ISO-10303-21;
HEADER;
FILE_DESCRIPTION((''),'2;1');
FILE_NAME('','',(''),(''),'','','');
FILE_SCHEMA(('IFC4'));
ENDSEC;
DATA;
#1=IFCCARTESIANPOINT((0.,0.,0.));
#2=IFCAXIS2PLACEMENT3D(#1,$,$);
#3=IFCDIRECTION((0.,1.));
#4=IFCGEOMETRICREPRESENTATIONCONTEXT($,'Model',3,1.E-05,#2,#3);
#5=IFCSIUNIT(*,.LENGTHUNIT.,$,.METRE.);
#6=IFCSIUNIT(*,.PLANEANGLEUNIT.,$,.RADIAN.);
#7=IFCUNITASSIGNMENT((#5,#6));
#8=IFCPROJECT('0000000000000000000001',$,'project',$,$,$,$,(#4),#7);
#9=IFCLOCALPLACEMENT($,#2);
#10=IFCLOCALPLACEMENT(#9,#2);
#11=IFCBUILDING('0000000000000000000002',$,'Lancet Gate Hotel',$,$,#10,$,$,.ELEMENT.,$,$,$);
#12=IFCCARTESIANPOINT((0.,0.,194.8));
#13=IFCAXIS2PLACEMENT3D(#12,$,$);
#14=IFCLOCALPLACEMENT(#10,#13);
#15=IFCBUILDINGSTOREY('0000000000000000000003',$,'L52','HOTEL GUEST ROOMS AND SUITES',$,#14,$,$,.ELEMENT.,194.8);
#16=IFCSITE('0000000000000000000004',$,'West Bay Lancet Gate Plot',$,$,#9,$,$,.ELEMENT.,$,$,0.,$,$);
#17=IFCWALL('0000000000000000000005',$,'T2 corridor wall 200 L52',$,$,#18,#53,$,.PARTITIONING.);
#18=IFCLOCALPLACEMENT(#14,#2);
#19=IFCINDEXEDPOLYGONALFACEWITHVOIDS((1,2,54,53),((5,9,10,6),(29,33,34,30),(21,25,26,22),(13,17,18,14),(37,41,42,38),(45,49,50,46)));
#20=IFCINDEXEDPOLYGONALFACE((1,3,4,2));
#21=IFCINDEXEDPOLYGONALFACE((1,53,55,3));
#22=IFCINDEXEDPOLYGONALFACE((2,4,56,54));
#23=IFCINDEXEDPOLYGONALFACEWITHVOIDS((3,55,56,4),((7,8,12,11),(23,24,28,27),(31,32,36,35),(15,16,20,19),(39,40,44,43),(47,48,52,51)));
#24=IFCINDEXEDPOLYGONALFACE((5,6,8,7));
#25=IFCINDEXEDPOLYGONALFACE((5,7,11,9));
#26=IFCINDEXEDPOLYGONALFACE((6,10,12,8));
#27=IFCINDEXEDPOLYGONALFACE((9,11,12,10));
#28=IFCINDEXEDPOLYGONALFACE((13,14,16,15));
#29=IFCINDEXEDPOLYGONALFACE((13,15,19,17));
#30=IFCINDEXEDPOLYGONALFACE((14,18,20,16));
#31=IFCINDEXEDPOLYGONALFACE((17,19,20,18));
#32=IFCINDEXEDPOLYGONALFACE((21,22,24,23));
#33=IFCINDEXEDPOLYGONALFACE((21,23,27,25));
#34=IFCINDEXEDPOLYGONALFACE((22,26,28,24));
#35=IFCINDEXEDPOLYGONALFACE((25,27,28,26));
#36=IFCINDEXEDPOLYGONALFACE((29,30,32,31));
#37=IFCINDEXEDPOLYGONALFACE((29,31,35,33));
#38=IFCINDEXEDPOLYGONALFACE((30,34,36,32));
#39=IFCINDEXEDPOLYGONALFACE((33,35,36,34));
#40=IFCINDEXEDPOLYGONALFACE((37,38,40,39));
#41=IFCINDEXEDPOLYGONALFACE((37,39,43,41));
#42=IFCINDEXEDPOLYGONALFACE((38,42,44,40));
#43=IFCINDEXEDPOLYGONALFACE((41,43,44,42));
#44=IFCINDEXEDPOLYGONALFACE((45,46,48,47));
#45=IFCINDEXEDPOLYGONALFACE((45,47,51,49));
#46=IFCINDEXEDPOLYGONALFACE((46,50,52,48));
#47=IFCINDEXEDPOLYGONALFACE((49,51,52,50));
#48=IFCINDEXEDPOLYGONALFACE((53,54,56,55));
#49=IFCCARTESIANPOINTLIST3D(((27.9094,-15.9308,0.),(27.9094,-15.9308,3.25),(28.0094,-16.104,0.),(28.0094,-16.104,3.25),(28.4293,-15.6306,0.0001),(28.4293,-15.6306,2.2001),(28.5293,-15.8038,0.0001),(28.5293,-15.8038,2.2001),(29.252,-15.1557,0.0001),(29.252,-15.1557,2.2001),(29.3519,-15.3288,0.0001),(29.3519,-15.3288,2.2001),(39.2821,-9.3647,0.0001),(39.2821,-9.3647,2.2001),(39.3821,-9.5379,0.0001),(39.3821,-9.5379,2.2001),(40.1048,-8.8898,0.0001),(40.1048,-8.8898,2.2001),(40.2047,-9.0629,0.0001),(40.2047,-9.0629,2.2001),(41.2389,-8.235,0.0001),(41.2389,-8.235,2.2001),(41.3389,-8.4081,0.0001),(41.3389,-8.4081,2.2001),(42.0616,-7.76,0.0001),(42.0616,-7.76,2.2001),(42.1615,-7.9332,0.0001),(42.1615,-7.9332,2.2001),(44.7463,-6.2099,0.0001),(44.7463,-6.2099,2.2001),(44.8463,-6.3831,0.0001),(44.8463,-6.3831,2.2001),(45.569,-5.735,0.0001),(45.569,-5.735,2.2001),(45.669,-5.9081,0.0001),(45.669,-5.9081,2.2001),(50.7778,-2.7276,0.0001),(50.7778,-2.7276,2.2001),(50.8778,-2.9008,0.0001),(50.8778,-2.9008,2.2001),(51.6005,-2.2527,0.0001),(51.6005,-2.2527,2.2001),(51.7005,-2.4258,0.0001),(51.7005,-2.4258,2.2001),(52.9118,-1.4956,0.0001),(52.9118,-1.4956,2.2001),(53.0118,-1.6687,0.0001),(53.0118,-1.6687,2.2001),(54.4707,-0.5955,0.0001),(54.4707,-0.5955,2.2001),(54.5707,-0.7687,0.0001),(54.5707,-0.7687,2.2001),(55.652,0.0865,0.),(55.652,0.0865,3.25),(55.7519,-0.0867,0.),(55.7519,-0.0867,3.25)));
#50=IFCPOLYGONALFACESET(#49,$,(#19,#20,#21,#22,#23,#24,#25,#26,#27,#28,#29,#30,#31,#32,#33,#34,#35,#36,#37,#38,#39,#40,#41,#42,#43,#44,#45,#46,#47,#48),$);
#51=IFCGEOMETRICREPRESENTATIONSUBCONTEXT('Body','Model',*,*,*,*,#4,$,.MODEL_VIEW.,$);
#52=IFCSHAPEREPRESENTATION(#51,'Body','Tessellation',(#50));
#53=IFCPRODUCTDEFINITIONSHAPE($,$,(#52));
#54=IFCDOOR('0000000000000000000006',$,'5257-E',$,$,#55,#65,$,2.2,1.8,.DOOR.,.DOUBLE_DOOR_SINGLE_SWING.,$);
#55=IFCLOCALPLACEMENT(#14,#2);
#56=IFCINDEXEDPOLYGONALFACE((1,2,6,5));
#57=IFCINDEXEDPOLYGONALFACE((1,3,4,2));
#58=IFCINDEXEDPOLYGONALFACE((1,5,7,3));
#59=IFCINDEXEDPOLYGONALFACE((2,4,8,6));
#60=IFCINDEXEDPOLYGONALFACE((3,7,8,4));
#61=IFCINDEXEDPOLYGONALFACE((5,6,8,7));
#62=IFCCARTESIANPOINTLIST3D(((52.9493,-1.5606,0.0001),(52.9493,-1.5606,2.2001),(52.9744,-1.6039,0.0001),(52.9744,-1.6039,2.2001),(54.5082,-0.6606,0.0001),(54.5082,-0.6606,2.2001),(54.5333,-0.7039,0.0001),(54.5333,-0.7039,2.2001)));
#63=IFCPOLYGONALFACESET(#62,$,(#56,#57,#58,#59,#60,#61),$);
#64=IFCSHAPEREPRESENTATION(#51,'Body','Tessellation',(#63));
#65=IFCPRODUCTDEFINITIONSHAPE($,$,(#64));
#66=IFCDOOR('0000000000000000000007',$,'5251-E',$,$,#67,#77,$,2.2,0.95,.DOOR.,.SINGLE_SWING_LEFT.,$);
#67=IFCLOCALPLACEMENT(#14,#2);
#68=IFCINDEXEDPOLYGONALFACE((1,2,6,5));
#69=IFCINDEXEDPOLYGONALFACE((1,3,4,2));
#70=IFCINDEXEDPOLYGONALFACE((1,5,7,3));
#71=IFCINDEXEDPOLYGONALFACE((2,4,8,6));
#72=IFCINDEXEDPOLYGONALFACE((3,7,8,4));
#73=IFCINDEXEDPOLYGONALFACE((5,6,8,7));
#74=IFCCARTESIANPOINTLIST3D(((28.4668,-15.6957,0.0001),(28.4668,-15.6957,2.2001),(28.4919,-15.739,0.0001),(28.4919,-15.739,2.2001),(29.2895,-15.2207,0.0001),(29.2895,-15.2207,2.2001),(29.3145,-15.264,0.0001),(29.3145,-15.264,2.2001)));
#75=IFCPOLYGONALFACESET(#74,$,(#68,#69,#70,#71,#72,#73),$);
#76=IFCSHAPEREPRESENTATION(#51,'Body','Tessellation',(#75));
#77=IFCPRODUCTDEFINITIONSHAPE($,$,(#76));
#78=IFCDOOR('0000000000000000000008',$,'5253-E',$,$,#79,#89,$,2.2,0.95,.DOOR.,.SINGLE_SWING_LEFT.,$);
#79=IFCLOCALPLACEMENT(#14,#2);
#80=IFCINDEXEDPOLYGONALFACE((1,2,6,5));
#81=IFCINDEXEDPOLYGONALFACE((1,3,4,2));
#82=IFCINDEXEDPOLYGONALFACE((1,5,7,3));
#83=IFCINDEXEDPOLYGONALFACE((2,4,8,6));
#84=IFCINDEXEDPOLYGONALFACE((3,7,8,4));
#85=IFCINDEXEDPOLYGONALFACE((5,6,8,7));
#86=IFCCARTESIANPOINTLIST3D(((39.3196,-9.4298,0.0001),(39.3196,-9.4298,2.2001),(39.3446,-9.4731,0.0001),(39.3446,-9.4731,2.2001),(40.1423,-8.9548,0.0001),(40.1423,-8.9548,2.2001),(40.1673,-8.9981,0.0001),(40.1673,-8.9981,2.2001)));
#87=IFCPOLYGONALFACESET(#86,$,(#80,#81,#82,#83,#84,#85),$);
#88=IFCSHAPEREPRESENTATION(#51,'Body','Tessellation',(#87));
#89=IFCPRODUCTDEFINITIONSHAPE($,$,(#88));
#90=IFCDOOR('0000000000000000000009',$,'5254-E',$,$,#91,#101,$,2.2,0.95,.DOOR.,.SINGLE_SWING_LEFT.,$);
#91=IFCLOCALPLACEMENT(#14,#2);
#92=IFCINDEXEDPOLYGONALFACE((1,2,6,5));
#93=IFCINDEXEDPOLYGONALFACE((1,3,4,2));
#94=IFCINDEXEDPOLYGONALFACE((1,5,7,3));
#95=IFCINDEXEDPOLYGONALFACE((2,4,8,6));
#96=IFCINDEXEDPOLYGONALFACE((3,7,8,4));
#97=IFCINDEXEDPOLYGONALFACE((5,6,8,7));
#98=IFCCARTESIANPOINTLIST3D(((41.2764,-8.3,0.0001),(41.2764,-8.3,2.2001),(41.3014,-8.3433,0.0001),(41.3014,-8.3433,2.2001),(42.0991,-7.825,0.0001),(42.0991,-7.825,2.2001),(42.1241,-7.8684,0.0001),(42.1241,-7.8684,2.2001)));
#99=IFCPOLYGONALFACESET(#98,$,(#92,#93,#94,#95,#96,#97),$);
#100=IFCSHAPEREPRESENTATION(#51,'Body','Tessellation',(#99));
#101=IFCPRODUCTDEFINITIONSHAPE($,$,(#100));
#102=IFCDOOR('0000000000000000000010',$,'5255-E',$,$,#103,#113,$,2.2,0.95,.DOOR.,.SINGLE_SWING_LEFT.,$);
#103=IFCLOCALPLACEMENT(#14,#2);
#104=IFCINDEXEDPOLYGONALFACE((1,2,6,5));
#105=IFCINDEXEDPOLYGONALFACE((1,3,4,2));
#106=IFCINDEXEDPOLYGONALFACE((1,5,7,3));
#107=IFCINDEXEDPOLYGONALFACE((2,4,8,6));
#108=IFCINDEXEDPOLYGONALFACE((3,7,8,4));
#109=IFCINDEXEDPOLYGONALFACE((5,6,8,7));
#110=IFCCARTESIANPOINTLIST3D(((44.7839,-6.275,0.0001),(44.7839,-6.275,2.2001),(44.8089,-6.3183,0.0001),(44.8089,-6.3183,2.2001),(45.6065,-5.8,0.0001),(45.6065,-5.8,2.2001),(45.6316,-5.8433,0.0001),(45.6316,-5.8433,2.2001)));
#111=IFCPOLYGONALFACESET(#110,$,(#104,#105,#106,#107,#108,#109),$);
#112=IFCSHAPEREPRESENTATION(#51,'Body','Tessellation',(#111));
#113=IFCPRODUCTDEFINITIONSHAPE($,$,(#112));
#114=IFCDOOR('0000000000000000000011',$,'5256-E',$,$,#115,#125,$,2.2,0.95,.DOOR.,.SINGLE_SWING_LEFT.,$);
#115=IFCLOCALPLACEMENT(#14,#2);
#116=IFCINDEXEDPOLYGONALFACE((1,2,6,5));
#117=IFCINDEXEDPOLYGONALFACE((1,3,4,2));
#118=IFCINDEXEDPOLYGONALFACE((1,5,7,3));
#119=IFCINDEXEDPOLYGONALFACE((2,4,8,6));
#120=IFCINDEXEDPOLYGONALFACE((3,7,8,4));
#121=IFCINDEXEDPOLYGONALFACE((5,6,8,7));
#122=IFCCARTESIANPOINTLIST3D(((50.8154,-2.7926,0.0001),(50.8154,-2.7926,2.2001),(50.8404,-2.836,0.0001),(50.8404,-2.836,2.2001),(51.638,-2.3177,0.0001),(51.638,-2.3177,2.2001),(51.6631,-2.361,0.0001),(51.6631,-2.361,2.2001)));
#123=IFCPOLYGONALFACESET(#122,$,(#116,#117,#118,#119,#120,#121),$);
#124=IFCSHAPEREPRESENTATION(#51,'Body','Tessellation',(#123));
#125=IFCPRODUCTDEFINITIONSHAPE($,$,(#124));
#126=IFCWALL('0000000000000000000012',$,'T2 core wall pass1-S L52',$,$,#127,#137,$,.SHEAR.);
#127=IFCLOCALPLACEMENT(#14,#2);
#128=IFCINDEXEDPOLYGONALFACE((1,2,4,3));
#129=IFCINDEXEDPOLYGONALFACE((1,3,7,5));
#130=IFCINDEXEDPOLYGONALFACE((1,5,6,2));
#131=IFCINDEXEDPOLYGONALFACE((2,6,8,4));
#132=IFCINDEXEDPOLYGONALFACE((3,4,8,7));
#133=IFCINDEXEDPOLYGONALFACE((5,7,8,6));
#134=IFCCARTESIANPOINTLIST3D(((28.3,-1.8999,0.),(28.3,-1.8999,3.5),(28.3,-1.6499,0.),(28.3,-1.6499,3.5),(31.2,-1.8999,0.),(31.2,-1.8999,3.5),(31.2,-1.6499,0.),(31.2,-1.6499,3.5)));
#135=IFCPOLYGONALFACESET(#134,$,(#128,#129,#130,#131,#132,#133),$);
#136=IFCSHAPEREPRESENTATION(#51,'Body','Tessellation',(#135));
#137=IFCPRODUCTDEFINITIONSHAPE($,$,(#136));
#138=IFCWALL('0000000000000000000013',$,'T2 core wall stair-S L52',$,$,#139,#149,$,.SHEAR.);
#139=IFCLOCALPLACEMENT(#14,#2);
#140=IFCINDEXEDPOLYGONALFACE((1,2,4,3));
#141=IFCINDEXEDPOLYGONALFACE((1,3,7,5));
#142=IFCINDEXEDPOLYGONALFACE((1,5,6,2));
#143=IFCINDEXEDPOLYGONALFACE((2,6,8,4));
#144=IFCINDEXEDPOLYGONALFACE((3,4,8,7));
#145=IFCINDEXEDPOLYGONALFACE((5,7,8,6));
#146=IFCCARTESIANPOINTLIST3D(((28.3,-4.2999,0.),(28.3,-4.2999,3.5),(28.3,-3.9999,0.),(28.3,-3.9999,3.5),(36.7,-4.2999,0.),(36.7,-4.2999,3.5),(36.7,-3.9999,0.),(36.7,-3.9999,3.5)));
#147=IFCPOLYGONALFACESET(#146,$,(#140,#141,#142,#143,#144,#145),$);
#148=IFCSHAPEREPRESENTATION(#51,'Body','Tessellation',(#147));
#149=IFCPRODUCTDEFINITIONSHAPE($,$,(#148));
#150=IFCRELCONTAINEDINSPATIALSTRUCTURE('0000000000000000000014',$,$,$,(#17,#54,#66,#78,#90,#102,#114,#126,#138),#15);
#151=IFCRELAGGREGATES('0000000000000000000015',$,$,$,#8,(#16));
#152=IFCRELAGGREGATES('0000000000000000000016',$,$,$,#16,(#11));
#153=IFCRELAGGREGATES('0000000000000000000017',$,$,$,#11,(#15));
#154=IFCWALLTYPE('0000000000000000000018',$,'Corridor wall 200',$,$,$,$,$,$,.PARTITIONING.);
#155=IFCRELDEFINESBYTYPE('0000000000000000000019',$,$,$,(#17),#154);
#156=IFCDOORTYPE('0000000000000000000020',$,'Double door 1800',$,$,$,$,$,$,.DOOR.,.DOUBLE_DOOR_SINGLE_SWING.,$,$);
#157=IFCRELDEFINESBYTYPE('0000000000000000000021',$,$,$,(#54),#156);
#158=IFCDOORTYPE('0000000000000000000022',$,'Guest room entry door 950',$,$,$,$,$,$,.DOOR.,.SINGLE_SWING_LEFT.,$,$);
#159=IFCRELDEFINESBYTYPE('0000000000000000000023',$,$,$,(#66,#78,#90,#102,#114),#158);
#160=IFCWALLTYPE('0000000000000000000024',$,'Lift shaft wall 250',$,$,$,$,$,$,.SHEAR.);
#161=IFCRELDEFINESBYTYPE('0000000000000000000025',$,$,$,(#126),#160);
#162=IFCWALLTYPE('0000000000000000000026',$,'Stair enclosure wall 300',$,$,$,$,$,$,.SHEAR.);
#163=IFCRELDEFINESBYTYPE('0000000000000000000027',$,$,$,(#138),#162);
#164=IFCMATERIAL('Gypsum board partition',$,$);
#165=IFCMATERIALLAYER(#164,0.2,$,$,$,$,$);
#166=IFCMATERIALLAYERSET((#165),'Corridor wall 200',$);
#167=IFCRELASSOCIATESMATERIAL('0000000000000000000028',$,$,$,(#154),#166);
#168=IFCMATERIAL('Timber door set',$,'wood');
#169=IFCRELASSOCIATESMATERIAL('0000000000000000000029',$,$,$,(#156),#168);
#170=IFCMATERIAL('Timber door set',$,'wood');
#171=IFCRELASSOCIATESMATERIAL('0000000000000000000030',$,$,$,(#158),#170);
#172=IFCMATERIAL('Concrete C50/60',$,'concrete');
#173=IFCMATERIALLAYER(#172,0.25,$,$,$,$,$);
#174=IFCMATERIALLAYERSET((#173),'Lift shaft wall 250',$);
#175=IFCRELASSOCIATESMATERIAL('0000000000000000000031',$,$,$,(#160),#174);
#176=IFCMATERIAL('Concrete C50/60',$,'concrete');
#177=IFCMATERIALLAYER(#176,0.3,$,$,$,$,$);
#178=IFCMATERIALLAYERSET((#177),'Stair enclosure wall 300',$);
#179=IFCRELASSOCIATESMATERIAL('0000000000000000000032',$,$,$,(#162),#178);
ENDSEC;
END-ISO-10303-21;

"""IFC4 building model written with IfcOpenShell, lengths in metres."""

from ifc_helpers import new_model, si_unit, direction, frame, frame_2d, origin, place, context, subcontext, project, spatial, rectangle, extrude, material, layer, layer_set, type_object, element, fill, save


model = new_model("IFC4")

# Units and contexts
model_context = context("Model", 3, precision=1e-05, world=origin(), true_north=direction((0.0, 1.0)))
body_context = subcontext(model_context, "Body", "Model", "MODEL_VIEW")
ifc_project = project(units=[si_unit("LENGTHUNIT", "METRE"), si_unit("PLANEANGLEUNIT", "RADIAN")], contexts=[model_context])

# Site, building, storey
site_placement = place(None, origin())
site = spatial("IfcSite", under=ifc_project, at=site_placement, Name="West Bay Lancet Gate Plot", CompositionType="ELEMENT", RefElevation=0.0)
building_placement = place(site_placement, origin())
building = spatial("IfcBuilding", under=site, at=building_placement, Name="Lancet Gate Hotel", CompositionType="ELEMENT")
storey_placement = place(building_placement, frame((0.0, 0.0, 194.8)))
storey = spatial("IfcBuildingStorey", under=building, at=storey_placement, Name="L52", Description="HOTEL GUEST ROOMS AND SUITES", CompositionType="ELEMENT", Elevation=194.8)

# Wall, openings, doors
ifc_material_1 = material(Name="Gypsum board partition")
ifc_layer_1 = layer(ifc_material_1, 0.2)
ifc_layer_set_1 = layer_set([ifc_layer_1], Name="Corridor wall 200")
wall_type_1 = type_object("IfcWallType", Name="Corridor wall 200", PredefinedType="PARTITIONING", material=ifc_layer_set_1)
wall_1_placement = place(storey_placement, frame((27.9595, -16.0173, 0.0), z_axis=(0.0, 0.0, 1.0), x_axis=(0.866024, 0.500002, 0.0)))
wall_1 = element("IfcWall", 1, at=wall_1_placement, inside=storey, type_object=wall_type_1, Name="T2 corridor wall 200 L52", PredefinedType="PARTITIONING", context=body_context, shape_type="SweptSolid", body=[
    extrude(rectangle(XDim=32.0344, YDim=0.2, at=frame_2d((16.0171, 0.0))), origin(), (0.0, 0.0, 1.0), 3.25),
])
opening_1_placement = place(wall_1_placement, frame((0.6001, 0.0, 0.0)))
opening_1 = element("IfcOpeningElement", 2, at=opening_1_placement, cuts=wall_1, PredefinedType="OPENING", context=body_context, shape_type="SweptSolid", body=[
    extrude(rectangle(XDim=0.95, YDim=2.2, at=frame_2d((0.4751, 1.1001))), frame((0.0, 0.1099, 0.0), z_axis=(0.0, -1.0, 0.0), x_axis=(1.0, 0.0, 0.0)), (0.0, 0.0, 1.0), 0.22),
])
opening_2_placement = place(wall_1_placement, frame((13.1318, 0.0, 0.0)))
opening_2 = element("IfcOpeningElement", 3, at=opening_2_placement, cuts=wall_1, PredefinedType="OPENING", context=body_context, shape_type="SweptSolid", body=[
    extrude(rectangle(XDim=0.95, YDim=2.2, at=frame_2d((0.4751, 1.1001))), frame((0.0, 0.1099, 0.0), z_axis=(0.0, -1.0, 0.0), x_axis=(1.0, 0.0, 0.0)), (0.0, 0.0, 1.0), 0.22),
])
opening_3_placement = place(wall_1_placement, frame((15.3914, 0.0, 0.0)))
opening_3 = element("IfcOpeningElement", 4, at=opening_3_placement, cuts=wall_1, PredefinedType="OPENING", context=body_context, shape_type="SweptSolid", body=[
    extrude(rectangle(XDim=0.95, YDim=2.2, at=frame_2d((0.4751, 1.1001))), frame((0.0, 0.1099, 0.0), z_axis=(0.0, -1.0, 0.0), x_axis=(1.0, 0.0, 0.0)), (0.0, 0.0, 1.0), 0.22),
])
opening_4_placement = place(wall_1_placement, frame((19.4414, 0.0, 0.0)))
opening_4 = element("IfcOpeningElement", 5, at=opening_4_placement, cuts=wall_1, PredefinedType="OPENING", context=body_context, shape_type="SweptSolid", body=[
    extrude(rectangle(XDim=0.95, YDim=2.2, at=frame_2d((0.4751, 1.1001))), frame((0.0, 0.1099, 0.0), z_axis=(0.0, -1.0, 0.0), x_axis=(1.0, 0.0, 0.0)), (0.0, 0.0, 1.0), 0.22),
])
opening_5_placement = place(wall_1_placement, frame((26.406, 0.0, 0.0)))
opening_5 = element("IfcOpeningElement", 6, at=opening_5_placement, cuts=wall_1, PredefinedType="OPENING", context=body_context, shape_type="SweptSolid", body=[
    extrude(rectangle(XDim=0.95, YDim=2.2, at=frame_2d((0.4751, 1.1001))), frame((0.0, 0.1099, 0.0), z_axis=(0.0, -1.0, 0.0), x_axis=(1.0, 0.0, 0.0)), (0.0, 0.0, 1.0), 0.22),
])
opening_6_placement = place(wall_1_placement, frame((28.8704, 0.0, 0.0)))
opening_6 = element("IfcOpeningElement", 7, at=opening_6_placement, cuts=wall_1, PredefinedType="OPENING", context=body_context, shape_type="SweptSolid", body=[
    extrude(rectangle(XDim=1.8, YDim=2.2, at=frame_2d((0.8999, 1.1001))), frame((0.0, 0.1099, 0.0), z_axis=(0.0, -1.0, 0.0), x_axis=(1.0, 0.0, 0.0)), (0.0, 0.0, 1.0), 0.22),
])
ifc_material_2 = material(Name="Timber door set", Category="wood")
door_type_1 = type_object("IfcDoorType", Name="Double door 1800", OperationType="DOUBLE_DOOR_SINGLE_SWING", PredefinedType="DOOR", material=ifc_material_2)
door_1_placement = place(opening_6_placement, origin())
door_1 = element("IfcDoor", 8, at=door_1_placement, inside=storey, type_object=door_type_1, Name="5257-E", OperationType="DOUBLE_DOOR_SINGLE_SWING", OverallHeight=2.2, OverallWidth=1.8, PredefinedType="DOOR", context=body_context, shape_type="SweptSolid", body=[
    extrude(rectangle(XDim=1.8, YDim=2.2, at=frame_2d((0.8999, 1.1001))), frame((0.0, 0.0249, 0.0), z_axis=(0.0, -1.0, 0.0), x_axis=(1.0, 0.0, 0.0)), (0.0, 0.0, 1.0), 0.05),
])
fill(opening_6, door_1)
ifc_material_3 = material(Name="Timber door set", Category="wood")
door_type_2 = type_object("IfcDoorType", Name="Guest room entry door 950", OperationType="SINGLE_SWING_LEFT", PredefinedType="DOOR", material=ifc_material_3)
door_2_placement = place(opening_1_placement, origin())
door_2 = element("IfcDoor", 9, at=door_2_placement, inside=storey, type_object=door_type_2, Name="5251-E", OperationType="SINGLE_SWING_LEFT", OverallHeight=2.2, OverallWidth=0.95, PredefinedType="DOOR", context=body_context, shape_type="SweptSolid", body=[
    extrude(rectangle(XDim=0.95, YDim=2.2, at=frame_2d((0.4751, 1.1001))), frame((0.0, 0.0249, 0.0), z_axis=(0.0, -1.0, 0.0), x_axis=(1.0, 0.0, 0.0)), (0.0, 0.0, 1.0), 0.05),
])
fill(opening_1, door_2)
door_3_placement = place(opening_2_placement, origin())
door_3 = element("IfcDoor", 10, at=door_3_placement, inside=storey, type_object=door_type_2, Name="5253-E", OperationType="SINGLE_SWING_LEFT", OverallHeight=2.2, OverallWidth=0.95, PredefinedType="DOOR", context=body_context, shape_type="SweptSolid", body=[
    extrude(rectangle(XDim=0.95, YDim=2.2, at=frame_2d((0.4751, 1.1001))), frame((0.0, 0.0249, 0.0), z_axis=(0.0, -1.0, 0.0), x_axis=(1.0, 0.0, 0.0)), (0.0, 0.0, 1.0), 0.05),
])
fill(opening_2, door_3)
door_4_placement = place(opening_3_placement, origin())
door_4 = element("IfcDoor", 11, at=door_4_placement, inside=storey, type_object=door_type_2, Name="5254-E", OperationType="SINGLE_SWING_LEFT", OverallHeight=2.2, OverallWidth=0.95, PredefinedType="DOOR", context=body_context, shape_type="SweptSolid", body=[
    extrude(rectangle(XDim=0.95, YDim=2.2, at=frame_2d((0.4751, 1.1001))), frame((0.0, 0.0249, 0.0), z_axis=(0.0, -1.0, 0.0), x_axis=(1.0, 0.0, 0.0)), (0.0, 0.0, 1.0), 0.05),
])
fill(opening_3, door_4)
door_5_placement = place(opening_4_placement, origin())
door_5 = element("IfcDoor", 12, at=door_5_placement, inside=storey, type_object=door_type_2, Name="5255-E", OperationType="SINGLE_SWING_LEFT", OverallHeight=2.2, OverallWidth=0.95, PredefinedType="DOOR", context=body_context, shape_type="SweptSolid", body=[
    extrude(rectangle(XDim=0.95, YDim=2.2, at=frame_2d((0.4751, 1.1001))), frame((0.0, 0.0249, 0.0), z_axis=(0.0, -1.0, 0.0), x_axis=(1.0, 0.0, 0.0)), (0.0, 0.0, 1.0), 0.05),
])
fill(opening_4, door_5)
door_6_placement = place(opening_5_placement, origin())
door_6 = element("IfcDoor", 13, at=door_6_placement, inside=storey, type_object=door_type_2, Name="5256-E", OperationType="SINGLE_SWING_LEFT", OverallHeight=2.2, OverallWidth=0.95, PredefinedType="DOOR", context=body_context, shape_type="SweptSolid", body=[
    extrude(rectangle(XDim=0.95, YDim=2.2, at=frame_2d((0.4751, 1.1001))), frame((0.0, 0.0249, 0.0), z_axis=(0.0, -1.0, 0.0), x_axis=(1.0, 0.0, 0.0)), (0.0, 0.0, 1.0), 0.05),
])
fill(opening_5, door_6)

# Walls
ifc_material_4 = material(Name="Concrete C50/60", Category="concrete")
ifc_layer_2 = layer(ifc_material_4, 0.25)
ifc_layer_set_2 = layer_set([ifc_layer_2], Name="Lift shaft wall 250")
wall_type_2 = type_object("IfcWallType", Name="Lift shaft wall 250", PredefinedType="SHEAR", material=ifc_layer_set_2)
wall_2_placement = place(storey_placement, frame((28.3, -1.7749, 0.0), z_axis=(0.0, 0.0, 1.0), x_axis=(1.0, 0.0, 0.0)))
element("IfcWall", 14, at=wall_2_placement, inside=storey, type_object=wall_type_2, Name="T2 core wall pass1-S L52", PredefinedType="SHEAR", context=body_context, shape_type="SweptSolid", body=[
    extrude(rectangle(XDim=2.8999, YDim=0.25, at=frame_2d((1.45, 0.0))), origin(), (0.0, 0.0, 1.0), 3.5),
])
ifc_material_5 = material(Name="Concrete C50/60", Category="concrete")
ifc_layer_3 = layer(ifc_material_5, 0.3)
ifc_layer_set_3 = layer_set([ifc_layer_3], Name="Stair enclosure wall 300")
wall_type_3 = type_object("IfcWallType", Name="Stair enclosure wall 300", PredefinedType="SHEAR", material=ifc_layer_set_3)
wall_3_placement = place(storey_placement, frame((28.3, -4.1499, 0.0), z_axis=(0.0, 0.0, 1.0), x_axis=(1.0, 0.0, 0.0)))
element("IfcWall", 15, at=wall_3_placement, inside=storey, type_object=wall_type_3, Name="T2 core wall stair-S L52", PredefinedType="SHEAR", context=body_context, shape_type="SweptSolid", body=[
    extrude(rectangle(XDim=8.3999, YDim=0.3, at=frame_2d((4.2, 0.0))), origin(), (0.0, 0.0, 1.0), 3.5),
])

save(model, "model.ifc")
